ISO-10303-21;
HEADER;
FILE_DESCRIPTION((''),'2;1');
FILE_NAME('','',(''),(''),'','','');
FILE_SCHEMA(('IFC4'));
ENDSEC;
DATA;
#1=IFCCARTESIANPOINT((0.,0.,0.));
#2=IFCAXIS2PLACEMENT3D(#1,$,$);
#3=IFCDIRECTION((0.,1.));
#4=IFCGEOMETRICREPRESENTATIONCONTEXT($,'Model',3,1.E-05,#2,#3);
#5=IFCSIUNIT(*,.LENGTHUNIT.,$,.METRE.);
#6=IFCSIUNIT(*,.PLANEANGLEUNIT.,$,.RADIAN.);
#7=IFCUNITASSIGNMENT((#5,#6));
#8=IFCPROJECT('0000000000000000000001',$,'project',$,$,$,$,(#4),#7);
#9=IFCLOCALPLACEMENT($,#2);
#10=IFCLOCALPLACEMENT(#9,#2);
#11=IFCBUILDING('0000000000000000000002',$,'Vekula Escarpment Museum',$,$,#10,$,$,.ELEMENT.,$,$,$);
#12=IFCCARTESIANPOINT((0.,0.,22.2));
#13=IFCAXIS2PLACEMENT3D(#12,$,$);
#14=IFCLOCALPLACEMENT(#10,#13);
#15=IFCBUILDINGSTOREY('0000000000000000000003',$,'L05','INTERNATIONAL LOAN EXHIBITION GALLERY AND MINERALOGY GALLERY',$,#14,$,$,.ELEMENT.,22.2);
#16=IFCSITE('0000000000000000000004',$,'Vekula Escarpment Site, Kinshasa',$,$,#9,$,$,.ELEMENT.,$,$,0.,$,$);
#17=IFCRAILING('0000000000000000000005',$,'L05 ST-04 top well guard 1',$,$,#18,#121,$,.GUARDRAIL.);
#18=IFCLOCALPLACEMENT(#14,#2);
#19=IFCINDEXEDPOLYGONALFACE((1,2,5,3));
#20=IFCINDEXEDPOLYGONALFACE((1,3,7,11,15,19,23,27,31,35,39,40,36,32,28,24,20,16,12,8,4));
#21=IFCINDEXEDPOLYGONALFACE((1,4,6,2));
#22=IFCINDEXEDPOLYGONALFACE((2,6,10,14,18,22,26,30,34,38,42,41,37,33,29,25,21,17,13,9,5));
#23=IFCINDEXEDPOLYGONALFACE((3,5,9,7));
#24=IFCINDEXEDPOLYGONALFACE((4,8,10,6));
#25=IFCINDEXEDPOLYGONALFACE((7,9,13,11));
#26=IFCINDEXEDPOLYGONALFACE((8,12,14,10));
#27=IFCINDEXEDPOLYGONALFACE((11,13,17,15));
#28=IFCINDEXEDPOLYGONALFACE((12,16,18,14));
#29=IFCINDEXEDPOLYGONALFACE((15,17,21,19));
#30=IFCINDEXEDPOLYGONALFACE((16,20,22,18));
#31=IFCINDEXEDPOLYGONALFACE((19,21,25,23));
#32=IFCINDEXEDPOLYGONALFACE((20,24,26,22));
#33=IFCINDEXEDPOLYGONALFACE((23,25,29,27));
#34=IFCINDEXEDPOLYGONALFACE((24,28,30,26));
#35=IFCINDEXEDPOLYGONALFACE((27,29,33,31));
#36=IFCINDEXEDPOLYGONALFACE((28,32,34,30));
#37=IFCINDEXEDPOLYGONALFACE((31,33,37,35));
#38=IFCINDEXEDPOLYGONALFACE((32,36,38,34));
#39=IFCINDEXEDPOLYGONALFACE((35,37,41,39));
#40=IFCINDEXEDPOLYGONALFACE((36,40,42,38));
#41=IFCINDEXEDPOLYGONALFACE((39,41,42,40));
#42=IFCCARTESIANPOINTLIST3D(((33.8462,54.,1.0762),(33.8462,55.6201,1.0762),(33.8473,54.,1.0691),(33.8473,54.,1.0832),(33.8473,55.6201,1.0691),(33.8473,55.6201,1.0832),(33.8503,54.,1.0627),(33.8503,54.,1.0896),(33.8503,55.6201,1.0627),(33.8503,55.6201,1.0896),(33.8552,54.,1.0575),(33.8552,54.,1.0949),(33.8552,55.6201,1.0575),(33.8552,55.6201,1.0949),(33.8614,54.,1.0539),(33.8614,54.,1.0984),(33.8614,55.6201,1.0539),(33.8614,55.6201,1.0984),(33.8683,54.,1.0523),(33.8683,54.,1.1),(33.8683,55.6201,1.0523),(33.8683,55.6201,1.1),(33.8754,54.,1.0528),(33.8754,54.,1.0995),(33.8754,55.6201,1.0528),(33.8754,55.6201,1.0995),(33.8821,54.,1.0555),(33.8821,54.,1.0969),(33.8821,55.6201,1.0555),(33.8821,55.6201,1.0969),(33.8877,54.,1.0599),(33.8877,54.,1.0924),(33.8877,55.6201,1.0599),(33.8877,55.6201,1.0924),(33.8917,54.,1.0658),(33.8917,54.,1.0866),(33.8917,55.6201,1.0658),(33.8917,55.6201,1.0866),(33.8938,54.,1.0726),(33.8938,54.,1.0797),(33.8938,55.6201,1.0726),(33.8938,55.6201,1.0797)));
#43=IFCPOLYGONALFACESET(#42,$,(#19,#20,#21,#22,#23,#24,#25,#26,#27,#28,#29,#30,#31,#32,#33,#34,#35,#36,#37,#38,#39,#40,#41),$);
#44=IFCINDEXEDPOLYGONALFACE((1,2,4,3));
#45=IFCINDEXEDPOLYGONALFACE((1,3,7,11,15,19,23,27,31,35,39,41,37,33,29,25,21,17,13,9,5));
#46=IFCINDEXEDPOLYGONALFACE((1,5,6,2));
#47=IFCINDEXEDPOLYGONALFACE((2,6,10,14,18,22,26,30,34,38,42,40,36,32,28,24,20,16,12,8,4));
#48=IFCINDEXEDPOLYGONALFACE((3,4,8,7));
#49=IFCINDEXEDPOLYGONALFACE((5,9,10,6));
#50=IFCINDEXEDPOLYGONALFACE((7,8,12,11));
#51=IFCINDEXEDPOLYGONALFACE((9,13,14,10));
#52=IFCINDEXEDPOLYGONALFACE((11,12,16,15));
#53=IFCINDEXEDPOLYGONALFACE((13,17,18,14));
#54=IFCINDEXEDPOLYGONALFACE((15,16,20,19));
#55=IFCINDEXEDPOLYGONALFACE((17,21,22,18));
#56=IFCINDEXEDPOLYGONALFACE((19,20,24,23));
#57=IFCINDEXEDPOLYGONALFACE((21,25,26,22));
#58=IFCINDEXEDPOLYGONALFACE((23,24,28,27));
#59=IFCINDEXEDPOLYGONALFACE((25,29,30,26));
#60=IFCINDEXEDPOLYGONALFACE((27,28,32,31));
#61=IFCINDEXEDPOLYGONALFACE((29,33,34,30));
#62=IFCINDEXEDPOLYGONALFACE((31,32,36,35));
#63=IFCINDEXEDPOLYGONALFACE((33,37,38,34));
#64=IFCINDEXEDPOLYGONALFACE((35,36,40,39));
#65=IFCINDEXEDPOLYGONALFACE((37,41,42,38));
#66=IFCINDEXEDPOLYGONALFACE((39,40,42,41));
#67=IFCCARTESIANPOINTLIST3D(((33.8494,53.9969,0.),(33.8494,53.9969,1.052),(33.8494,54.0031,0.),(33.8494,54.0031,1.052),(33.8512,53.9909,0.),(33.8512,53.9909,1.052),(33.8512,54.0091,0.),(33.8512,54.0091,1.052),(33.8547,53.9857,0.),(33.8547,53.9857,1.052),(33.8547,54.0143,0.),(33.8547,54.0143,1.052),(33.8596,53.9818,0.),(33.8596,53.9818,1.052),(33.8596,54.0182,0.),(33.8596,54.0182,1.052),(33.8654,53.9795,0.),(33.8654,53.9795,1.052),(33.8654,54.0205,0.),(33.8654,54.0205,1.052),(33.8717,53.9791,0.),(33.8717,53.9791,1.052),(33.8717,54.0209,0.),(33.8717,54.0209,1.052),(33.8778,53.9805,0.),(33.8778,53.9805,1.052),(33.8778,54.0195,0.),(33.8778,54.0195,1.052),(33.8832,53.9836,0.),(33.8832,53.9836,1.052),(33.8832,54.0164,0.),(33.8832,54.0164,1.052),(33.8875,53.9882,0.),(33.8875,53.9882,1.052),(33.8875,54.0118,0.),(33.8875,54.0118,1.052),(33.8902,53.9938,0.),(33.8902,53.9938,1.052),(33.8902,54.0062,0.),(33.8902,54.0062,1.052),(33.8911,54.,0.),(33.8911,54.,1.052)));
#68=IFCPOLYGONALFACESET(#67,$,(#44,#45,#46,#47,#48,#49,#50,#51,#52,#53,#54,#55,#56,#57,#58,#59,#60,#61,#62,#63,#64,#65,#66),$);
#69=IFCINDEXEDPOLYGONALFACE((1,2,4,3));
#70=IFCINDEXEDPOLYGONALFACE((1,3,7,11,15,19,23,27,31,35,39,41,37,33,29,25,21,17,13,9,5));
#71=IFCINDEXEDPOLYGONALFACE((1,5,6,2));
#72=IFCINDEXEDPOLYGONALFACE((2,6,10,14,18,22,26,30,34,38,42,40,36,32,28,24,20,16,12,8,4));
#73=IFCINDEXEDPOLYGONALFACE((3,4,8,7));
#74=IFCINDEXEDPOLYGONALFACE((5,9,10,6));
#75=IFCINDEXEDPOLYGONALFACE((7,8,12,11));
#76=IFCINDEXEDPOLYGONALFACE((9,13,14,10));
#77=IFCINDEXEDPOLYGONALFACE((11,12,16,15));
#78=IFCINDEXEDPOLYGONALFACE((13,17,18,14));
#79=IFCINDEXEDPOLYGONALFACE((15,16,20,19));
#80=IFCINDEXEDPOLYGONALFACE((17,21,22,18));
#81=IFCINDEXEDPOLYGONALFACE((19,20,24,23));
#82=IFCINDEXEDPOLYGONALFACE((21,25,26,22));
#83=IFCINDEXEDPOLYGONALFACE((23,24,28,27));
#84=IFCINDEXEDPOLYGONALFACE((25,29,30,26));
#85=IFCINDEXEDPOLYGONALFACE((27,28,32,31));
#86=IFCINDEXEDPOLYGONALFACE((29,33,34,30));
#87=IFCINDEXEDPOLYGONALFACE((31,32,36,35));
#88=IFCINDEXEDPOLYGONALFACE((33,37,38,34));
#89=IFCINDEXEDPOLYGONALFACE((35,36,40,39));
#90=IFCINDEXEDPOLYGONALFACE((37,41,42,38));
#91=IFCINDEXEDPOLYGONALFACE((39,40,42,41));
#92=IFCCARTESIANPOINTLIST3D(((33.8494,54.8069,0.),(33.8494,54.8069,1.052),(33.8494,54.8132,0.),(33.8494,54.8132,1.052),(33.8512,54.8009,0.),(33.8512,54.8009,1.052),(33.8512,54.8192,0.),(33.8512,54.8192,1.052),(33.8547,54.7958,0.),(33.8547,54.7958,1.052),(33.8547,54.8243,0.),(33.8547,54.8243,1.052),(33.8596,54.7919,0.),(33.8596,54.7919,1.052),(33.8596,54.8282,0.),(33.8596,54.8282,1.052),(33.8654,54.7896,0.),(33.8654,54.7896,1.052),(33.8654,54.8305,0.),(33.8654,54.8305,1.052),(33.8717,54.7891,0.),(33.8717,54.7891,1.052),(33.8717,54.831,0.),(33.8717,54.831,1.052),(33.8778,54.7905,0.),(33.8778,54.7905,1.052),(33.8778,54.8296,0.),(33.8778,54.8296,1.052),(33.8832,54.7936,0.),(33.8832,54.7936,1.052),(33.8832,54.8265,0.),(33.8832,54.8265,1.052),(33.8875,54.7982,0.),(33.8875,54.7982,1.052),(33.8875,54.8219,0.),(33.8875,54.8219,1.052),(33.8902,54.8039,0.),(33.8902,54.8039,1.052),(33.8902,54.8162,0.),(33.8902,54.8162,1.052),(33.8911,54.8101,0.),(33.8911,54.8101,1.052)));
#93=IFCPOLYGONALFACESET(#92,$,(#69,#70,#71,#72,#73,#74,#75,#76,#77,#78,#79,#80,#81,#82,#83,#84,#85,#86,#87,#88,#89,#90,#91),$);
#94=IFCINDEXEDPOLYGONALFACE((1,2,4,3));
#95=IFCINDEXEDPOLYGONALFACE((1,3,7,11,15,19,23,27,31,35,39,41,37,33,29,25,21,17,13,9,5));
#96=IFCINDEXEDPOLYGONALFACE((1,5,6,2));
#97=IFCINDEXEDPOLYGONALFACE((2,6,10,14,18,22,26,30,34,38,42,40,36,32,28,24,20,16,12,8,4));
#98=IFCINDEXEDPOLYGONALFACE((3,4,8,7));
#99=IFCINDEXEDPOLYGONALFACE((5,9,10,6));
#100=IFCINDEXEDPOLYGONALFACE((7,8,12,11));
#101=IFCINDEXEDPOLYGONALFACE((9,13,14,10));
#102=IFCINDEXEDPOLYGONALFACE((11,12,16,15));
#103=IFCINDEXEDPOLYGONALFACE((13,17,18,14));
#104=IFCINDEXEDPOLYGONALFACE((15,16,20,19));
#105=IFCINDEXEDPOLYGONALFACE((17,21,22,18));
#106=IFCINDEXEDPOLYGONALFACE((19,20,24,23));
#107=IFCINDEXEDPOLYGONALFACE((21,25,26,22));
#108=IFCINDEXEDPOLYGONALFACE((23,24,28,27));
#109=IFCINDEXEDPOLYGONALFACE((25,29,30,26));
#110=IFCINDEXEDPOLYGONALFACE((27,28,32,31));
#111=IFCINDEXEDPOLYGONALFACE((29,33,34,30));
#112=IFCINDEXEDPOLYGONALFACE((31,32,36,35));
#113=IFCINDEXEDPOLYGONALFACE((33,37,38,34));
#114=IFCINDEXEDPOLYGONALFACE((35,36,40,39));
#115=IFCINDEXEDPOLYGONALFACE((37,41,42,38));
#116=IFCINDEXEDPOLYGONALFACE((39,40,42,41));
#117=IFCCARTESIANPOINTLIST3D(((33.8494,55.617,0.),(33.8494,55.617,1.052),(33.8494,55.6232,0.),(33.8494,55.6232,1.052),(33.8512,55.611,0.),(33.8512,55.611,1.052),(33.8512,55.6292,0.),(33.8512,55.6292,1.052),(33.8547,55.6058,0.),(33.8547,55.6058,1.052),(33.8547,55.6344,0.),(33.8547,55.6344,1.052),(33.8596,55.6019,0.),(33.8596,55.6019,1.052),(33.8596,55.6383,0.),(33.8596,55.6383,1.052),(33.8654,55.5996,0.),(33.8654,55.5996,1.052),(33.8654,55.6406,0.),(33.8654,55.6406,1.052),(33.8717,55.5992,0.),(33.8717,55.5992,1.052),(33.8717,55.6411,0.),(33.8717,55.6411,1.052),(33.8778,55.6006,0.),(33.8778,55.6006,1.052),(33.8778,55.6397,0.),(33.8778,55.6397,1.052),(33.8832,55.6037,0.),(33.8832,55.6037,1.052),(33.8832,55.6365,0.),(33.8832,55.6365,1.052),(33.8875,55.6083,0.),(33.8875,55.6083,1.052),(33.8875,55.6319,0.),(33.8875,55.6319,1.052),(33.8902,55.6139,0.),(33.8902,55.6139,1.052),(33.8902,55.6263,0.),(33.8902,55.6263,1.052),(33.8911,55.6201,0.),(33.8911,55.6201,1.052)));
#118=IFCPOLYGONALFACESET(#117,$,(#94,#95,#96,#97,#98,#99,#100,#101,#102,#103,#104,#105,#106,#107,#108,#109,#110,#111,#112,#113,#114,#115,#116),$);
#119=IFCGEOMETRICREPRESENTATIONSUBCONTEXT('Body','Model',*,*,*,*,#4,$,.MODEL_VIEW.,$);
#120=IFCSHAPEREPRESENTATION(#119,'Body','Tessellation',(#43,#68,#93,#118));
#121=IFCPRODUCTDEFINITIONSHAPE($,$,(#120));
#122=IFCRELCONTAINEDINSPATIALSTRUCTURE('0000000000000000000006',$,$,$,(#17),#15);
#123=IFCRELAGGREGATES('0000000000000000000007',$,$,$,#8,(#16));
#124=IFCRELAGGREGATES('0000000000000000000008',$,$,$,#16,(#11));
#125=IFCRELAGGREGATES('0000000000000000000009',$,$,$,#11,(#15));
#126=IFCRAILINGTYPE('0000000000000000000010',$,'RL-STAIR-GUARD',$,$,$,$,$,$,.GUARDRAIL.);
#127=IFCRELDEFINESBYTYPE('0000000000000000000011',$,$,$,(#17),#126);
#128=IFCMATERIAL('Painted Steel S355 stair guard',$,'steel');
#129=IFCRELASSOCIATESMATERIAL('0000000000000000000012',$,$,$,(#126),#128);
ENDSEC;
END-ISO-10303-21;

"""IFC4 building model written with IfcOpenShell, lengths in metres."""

from ifc_helpers import new_model, si_unit, direction, frame, origin, origin_2d, place, context, subcontext, project, spatial, circle, extrude, material, type_object, element, save


model = new_model("IFC4")

# Units and contexts
model_context = context("Model", 3, precision=1e-05, world=origin(), true_north=direction((0.0, 1.0)))
body_context = subcontext(model_context, "Body", "Model", "MODEL_VIEW")
ifc_project = project(units=[si_unit("LENGTHUNIT", "METRE"), si_unit("PLANEANGLEUNIT", "RADIAN")], contexts=[model_context])

# Site, building, storey
site_placement = place(None, origin())
site = spatial("IfcSite", under=ifc_project, at=site_placement, Name="Vekula Escarpment Site, Kinshasa", CompositionType="ELEMENT", RefElevation=0.0)
building_placement = place(site_placement, origin())
building = spatial("IfcBuilding", under=site, at=building_placement, Name="Vekula Escarpment Museum", CompositionType="ELEMENT")
storey_placement = place(building_placement, frame((0.0, 0.0, 22.2)))
storey = spatial("IfcBuildingStorey", under=building, at=storey_placement, Name="L05", Description="INTERNATIONAL LOAN EXHIBITION GALLERY AND MINERALOGY GALLERY", CompositionType="ELEMENT", Elevation=22.2)

# Railing
ifc_material_1 = material(Name="Painted Steel S355 stair guard", Category="steel")
railing_type_1 = type_object("IfcRailingType", Name="RL-STAIR-GUARD", PredefinedType="GUARDRAIL", material=ifc_material_1)
railing_1_placement = place(storey_placement, frame((33.8701, 54.0, 0.0)))
element("IfcRailing", 1, at=railing_1_placement, inside=storey, type_object=railing_type_1, Name="L05 ST-04 top well guard 1", PredefinedType="GUARDRAIL", context=body_context, shape_type="SweptSolid", body=[
    extrude(circle(Radius=0.0239, at=origin_2d()), frame((0.0, 0.0, 1.0762), z_axis=(0.0, 1.0, 0.0), x_axis=(-1.0, 0.0, 0.0)), (0.0, 0.0, 1.0), 1.6201),
    extrude(circle(Radius=0.021, at=origin_2d()), origin(), (0.0, 0.0, 1.0), 1.052),
    extrude(circle(Radius=0.021, at=origin_2d()), frame((0.0, 0.8101, 0.0)), (0.0, 0.0, 1.0), 1.052),
    extrude(circle(Radius=0.021, at=origin_2d()), frame((0.0, 1.6201, 0.0)), (0.0, 0.0, 1.0), 1.052),
])

save(model, "model.ifc")
